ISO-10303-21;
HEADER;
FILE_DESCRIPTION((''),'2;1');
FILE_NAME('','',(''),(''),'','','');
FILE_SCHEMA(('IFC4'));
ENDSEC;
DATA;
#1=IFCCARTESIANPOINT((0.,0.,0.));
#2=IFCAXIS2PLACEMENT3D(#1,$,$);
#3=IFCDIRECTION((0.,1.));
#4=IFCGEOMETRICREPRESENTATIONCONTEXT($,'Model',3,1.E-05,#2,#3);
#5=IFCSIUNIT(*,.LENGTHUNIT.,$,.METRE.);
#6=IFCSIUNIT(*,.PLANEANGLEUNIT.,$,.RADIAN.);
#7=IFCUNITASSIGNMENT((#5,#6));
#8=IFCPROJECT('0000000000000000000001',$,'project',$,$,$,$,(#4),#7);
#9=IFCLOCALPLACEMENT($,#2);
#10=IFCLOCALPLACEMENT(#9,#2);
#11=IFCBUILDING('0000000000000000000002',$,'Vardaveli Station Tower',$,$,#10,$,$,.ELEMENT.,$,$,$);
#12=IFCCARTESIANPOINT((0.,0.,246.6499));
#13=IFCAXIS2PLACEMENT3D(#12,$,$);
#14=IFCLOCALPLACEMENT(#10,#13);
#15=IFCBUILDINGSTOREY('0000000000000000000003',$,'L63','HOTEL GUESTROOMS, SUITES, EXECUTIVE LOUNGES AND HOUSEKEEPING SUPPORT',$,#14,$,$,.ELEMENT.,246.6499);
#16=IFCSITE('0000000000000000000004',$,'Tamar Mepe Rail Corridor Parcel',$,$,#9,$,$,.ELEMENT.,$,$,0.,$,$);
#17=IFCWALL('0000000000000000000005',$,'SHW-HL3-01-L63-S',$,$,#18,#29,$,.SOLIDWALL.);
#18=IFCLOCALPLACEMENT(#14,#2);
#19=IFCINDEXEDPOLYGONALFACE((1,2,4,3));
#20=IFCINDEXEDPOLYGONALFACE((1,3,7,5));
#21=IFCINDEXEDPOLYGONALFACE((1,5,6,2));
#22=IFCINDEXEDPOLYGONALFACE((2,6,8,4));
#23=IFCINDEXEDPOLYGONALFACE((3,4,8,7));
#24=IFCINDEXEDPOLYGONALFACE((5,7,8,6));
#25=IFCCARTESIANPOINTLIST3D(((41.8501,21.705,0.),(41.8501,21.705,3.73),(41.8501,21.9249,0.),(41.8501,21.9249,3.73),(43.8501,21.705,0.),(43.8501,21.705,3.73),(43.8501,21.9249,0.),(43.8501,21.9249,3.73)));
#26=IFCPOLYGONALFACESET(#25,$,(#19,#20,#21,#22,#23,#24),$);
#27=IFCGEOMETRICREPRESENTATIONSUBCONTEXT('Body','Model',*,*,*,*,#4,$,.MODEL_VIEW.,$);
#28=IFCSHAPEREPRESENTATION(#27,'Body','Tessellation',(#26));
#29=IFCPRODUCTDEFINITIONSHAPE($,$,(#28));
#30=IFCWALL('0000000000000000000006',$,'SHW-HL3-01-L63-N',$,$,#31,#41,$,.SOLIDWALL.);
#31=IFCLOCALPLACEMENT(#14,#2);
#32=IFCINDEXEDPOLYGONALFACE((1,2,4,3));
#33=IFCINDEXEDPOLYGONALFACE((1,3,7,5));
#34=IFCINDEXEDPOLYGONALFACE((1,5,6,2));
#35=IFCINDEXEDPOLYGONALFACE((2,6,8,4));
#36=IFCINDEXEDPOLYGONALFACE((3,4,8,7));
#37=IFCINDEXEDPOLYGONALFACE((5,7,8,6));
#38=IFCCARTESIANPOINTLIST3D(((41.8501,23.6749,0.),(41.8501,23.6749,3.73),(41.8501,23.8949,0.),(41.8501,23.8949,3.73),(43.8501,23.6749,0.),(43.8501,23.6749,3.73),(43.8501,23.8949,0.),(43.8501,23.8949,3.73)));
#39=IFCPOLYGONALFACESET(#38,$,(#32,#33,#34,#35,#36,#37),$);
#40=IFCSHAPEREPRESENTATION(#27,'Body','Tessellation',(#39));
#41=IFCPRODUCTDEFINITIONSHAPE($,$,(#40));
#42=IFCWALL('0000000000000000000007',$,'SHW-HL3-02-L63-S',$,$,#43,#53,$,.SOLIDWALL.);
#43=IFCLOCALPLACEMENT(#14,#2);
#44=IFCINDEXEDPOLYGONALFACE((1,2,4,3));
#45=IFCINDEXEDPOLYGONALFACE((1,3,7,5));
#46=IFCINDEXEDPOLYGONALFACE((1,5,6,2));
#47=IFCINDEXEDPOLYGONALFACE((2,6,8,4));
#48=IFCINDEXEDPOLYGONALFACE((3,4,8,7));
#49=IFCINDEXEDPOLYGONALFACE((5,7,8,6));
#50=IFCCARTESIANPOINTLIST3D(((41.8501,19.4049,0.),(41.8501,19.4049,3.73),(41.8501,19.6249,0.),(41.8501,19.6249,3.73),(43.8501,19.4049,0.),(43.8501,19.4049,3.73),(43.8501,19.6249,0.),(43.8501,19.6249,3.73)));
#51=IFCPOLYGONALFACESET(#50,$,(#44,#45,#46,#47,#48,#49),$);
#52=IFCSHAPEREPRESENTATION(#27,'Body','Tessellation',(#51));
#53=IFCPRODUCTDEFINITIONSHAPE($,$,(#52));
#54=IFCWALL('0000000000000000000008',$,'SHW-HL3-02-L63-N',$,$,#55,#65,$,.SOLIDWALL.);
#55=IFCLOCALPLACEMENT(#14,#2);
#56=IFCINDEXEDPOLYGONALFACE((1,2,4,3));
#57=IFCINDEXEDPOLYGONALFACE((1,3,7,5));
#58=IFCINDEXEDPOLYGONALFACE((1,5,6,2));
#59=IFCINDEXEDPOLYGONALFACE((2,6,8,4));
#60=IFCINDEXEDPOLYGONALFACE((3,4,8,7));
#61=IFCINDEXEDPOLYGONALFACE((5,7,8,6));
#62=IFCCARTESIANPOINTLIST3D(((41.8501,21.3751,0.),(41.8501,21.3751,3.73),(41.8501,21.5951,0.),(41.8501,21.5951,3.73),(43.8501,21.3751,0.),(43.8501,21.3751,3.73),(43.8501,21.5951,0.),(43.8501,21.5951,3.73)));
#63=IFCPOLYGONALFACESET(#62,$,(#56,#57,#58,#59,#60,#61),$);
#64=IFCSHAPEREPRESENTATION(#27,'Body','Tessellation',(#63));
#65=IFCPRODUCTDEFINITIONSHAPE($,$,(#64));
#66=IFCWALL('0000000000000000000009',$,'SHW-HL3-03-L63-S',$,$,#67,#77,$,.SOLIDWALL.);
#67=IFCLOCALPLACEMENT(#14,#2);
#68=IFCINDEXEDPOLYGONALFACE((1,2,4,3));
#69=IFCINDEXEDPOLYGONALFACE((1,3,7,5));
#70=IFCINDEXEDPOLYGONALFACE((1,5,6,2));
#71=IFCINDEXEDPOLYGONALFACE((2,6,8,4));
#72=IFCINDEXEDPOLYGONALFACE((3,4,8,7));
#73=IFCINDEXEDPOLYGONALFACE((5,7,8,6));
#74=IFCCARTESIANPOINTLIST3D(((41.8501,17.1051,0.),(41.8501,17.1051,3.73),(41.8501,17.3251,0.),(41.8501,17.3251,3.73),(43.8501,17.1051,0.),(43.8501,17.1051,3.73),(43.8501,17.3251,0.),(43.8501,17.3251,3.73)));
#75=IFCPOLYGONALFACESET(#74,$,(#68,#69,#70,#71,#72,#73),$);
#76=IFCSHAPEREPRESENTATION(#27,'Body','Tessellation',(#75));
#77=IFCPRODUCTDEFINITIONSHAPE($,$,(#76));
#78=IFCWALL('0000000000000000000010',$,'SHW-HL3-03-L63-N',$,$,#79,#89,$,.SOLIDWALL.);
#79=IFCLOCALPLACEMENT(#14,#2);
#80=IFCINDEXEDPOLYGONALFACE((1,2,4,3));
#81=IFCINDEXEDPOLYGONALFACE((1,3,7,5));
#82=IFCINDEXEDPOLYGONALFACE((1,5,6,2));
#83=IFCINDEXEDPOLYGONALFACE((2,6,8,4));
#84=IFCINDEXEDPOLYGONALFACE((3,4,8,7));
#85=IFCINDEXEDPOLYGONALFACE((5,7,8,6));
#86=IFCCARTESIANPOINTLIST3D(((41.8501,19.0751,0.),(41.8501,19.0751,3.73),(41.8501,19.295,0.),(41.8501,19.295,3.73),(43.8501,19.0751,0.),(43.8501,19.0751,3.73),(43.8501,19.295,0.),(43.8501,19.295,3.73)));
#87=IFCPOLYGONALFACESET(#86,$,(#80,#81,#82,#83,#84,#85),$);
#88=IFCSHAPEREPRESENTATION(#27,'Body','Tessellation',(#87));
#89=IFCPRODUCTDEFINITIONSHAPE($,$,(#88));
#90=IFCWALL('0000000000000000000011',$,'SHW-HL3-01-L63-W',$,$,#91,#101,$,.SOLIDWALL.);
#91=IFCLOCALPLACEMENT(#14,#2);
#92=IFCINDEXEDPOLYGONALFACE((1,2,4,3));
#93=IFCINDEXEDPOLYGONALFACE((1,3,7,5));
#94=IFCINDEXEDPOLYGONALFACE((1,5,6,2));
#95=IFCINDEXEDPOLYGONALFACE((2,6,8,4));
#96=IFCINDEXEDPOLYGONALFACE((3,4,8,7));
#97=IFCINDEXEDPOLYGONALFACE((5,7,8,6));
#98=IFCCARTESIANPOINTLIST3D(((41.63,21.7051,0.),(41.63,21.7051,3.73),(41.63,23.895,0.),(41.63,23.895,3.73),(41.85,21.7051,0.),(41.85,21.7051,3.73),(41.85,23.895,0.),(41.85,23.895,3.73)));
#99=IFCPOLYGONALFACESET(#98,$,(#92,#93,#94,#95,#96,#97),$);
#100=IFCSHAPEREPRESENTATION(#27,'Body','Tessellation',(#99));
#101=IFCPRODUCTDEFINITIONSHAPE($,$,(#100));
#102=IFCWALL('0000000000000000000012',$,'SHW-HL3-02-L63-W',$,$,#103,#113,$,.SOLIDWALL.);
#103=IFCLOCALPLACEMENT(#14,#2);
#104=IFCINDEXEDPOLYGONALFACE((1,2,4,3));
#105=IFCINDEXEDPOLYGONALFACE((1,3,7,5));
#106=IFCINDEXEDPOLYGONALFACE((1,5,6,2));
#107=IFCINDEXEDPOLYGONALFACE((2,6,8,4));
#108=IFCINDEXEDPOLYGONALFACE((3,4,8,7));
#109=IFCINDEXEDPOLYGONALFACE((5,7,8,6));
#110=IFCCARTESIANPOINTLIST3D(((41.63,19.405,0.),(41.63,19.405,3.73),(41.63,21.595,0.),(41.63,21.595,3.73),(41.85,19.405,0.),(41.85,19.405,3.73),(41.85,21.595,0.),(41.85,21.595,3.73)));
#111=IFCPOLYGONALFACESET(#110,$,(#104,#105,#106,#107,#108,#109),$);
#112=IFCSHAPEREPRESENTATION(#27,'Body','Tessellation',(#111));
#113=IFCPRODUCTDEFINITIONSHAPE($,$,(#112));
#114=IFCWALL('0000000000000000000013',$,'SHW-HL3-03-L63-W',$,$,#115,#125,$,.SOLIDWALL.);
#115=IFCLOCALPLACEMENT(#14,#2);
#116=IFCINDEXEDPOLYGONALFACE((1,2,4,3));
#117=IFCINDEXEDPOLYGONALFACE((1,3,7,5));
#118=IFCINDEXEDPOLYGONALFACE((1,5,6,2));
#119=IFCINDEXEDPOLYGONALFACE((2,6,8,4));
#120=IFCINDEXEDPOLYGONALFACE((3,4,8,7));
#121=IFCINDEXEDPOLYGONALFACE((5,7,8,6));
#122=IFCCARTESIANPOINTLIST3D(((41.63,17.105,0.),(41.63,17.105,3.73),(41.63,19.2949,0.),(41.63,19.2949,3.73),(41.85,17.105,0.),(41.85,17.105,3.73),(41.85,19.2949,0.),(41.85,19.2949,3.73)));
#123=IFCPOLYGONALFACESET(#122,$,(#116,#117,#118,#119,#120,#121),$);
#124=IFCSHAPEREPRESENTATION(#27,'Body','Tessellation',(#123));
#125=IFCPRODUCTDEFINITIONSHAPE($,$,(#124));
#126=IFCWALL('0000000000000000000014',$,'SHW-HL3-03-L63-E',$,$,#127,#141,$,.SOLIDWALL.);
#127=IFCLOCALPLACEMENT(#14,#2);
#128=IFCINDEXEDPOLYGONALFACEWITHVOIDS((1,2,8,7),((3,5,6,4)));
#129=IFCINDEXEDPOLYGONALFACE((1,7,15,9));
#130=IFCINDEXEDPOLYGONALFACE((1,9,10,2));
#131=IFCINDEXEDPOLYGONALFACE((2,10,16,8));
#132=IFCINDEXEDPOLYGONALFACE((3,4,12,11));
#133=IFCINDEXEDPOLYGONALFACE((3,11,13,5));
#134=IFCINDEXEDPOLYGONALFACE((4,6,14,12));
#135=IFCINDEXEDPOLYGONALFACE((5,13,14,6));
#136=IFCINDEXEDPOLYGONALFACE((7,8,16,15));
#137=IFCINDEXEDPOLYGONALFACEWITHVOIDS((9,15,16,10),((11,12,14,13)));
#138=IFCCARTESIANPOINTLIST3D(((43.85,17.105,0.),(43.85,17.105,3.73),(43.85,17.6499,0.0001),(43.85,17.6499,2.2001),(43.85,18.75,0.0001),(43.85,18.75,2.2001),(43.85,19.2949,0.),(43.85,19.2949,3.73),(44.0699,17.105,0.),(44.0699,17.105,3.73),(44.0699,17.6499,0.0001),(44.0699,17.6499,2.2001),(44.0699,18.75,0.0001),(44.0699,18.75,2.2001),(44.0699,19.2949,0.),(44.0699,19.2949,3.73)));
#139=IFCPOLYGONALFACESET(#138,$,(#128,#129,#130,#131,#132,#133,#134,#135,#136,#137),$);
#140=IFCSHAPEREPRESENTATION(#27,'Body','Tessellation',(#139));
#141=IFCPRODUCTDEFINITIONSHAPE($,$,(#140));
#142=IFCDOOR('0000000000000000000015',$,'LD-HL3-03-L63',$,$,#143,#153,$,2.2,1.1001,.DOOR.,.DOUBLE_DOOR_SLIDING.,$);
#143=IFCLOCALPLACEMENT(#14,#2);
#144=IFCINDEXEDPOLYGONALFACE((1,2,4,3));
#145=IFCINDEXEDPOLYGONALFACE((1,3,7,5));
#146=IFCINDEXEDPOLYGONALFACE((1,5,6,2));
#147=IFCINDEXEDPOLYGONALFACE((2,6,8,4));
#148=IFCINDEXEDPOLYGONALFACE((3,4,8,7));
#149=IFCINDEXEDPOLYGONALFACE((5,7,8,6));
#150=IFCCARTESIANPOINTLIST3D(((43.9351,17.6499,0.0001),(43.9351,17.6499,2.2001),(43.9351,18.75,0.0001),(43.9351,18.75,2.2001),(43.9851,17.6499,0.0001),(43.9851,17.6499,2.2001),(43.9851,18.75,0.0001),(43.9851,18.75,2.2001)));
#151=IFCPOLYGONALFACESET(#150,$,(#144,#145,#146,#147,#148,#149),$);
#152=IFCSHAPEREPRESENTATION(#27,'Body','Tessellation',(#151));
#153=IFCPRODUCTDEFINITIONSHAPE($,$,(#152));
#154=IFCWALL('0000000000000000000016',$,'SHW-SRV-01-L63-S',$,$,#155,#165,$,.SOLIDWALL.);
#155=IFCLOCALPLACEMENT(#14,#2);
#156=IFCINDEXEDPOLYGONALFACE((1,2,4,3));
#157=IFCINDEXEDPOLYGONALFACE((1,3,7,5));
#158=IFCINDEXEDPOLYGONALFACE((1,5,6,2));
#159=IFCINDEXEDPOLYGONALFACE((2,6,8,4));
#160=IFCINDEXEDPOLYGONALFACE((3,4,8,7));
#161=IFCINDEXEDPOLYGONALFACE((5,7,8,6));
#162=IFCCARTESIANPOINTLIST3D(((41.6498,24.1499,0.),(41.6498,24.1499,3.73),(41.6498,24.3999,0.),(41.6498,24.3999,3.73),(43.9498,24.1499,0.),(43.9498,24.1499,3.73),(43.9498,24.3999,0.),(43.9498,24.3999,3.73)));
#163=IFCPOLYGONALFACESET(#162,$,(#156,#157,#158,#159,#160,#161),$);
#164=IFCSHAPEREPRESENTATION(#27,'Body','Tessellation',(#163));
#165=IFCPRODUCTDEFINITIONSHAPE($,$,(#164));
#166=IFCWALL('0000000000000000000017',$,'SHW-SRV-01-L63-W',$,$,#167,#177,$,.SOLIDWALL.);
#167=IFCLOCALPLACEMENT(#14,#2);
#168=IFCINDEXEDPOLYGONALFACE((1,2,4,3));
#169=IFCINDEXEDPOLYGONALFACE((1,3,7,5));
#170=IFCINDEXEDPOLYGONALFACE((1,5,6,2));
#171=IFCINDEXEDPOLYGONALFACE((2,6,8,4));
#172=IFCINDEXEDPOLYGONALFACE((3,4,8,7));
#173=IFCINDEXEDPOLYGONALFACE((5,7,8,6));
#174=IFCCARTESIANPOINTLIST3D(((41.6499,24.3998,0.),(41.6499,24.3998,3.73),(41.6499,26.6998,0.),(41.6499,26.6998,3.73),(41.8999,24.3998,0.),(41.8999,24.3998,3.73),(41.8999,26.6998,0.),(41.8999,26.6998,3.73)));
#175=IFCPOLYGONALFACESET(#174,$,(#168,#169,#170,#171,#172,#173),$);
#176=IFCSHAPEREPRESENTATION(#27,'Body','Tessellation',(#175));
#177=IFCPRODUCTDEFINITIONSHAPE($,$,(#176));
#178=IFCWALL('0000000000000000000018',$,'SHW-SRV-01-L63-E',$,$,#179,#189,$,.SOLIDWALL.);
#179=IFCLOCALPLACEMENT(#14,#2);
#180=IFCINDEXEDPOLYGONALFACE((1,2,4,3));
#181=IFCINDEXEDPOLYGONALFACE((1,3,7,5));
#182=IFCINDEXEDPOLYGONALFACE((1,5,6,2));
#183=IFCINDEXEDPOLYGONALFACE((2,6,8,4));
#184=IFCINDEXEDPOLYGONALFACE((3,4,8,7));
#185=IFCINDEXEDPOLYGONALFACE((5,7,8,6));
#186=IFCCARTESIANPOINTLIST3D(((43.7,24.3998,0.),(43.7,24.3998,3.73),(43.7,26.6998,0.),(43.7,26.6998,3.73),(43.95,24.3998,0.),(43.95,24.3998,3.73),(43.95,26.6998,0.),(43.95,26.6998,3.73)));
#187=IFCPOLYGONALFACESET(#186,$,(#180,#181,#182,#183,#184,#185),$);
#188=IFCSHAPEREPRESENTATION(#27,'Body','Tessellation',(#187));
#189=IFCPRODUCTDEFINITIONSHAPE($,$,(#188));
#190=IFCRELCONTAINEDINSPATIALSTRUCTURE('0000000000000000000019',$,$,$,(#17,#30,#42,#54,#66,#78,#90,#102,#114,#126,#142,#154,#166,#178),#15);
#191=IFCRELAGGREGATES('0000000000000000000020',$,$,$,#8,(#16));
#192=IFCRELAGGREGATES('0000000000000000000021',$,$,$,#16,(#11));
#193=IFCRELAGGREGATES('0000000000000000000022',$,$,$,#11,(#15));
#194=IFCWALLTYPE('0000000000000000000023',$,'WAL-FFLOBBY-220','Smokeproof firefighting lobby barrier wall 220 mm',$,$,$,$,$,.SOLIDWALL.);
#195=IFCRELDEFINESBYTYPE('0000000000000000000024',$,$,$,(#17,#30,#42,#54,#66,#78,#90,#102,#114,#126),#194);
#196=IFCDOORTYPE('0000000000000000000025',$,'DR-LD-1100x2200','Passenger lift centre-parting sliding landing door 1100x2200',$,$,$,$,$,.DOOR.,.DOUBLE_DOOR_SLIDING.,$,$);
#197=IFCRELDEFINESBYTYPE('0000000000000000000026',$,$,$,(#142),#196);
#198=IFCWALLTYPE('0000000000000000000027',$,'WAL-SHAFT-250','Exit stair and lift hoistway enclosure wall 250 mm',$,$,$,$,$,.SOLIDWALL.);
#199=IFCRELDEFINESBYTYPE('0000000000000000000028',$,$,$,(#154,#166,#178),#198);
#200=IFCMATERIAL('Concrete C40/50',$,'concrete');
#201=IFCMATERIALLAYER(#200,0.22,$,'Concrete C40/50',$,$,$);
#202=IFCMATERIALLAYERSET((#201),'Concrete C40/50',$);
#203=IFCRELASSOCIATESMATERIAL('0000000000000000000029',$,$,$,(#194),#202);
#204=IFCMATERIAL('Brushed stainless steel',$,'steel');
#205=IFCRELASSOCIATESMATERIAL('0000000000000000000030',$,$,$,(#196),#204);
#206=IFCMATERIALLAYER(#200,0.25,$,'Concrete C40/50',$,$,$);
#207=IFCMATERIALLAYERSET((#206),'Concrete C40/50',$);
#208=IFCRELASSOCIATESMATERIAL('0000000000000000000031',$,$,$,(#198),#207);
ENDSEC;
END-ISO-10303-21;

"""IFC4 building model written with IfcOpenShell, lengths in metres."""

from ifc_helpers import new_model, si_unit, direction, frame, frame_2d, origin, place, context, subcontext, project, spatial, rectangle, extrude, source, transform, mapped, material, layer, layer_set, type_object, element, fill, save


model = new_model("IFC4")

# Units and contexts
model_context = context("Model", 3, precision=1e-05, world=origin(), true_north=direction((0.0, 1.0)))
body_context = subcontext(model_context, "Body", "Model", "MODEL_VIEW")
ifc_project = project(units=[si_unit("LENGTHUNIT", "METRE"), si_unit("PLANEANGLEUNIT", "RADIAN")], contexts=[model_context])

# Site, building, storey
site_placement = place(None, origin())
site = spatial("IfcSite", under=ifc_project, at=site_placement, Name="Tamar Mepe Rail Corridor Parcel", CompositionType="ELEMENT", RefElevation=0.0)
building_placement = place(site_placement, origin())
building = spatial("IfcBuilding", under=site, at=building_placement, Name="Vardaveli Station Tower", CompositionType="ELEMENT")
storey_placement = place(building_placement, frame((0.0, 0.0, 246.6499)))
storey = spatial("IfcBuildingStorey", under=building, at=storey_placement, Name="L63", Description="HOTEL GUESTROOMS, SUITES, EXECUTIVE LOUNGES AND HOUSEKEEPING SUPPORT", CompositionType="ELEMENT", Elevation=246.6499)

# Walls
ifc_material_1 = material(Name="Concrete C40/50", Category="concrete")
ifc_layer_1 = layer(ifc_material_1, 0.22, Name="Concrete C40/50")
ifc_layer_set_1 = layer_set([ifc_layer_1], Name="Concrete C40/50")
wall_type_1 = type_object("IfcWallType", Name="WAL-FFLOBBY-220", Description="Smokeproof firefighting lobby barrier wall 220 mm", PredefinedType="SOLIDWALL", material=ifc_layer_set_1)
shared_shape_1 = source(origin(), body_context, "Body", "SweptSolid", [
    extrude(rectangle(XDim=2.0, YDim=0.22, at=frame_2d((1.0, 0.0))), origin(), (0.0, 0.0, 1.0), 3.73),
])
for number, where, z_axis, x_axis, name in (
    (1, (41.8501, 21.8149, 0.0), (0.0, 0.0, 1.0), (1.0, 0.0, 0.0), "SHW-HL3-01-L63-S"),
    (2, (41.8501, 23.7849, 0.0), (0.0, 0.0, 1.0), (1.0, 0.0, 0.0), "SHW-HL3-01-L63-N"),
    (3, (41.8501, 19.5149, 0.0), (0.0, 0.0, 1.0), (1.0, 0.0, 0.0), "SHW-HL3-02-L63-S"),
    (4, (41.8501, 21.4851, 0.0), (0.0, 0.0, 1.0), (1.0, 0.0, 0.0), "SHW-HL3-02-L63-N"),
    (5, (41.8501, 17.2151, 0.0), (0.0, 0.0, 1.0), (1.0, 0.0, 0.0), "SHW-HL3-03-L63-S"),
    (6, (41.8501, 19.1851, 0.0), (0.0, 0.0, 1.0), (1.0, 0.0, 0.0), "SHW-HL3-03-L63-N"),
):
    element("IfcWall", number, at=place(storey_placement, frame(where, z_axis=z_axis, x_axis=x_axis)), inside=storey, type_object=wall_type_1, Name=name, PredefinedType="SOLIDWALL", context=body_context, shape_type="MappedRepresentation", body=[
        mapped(shared_shape_1, transform((0.0, 0.0, 0.0), scale=1.0)),
    ])
shared_shape_2 = source(origin(), body_context, "Body", "SweptSolid", [
    extrude(rectangle(XDim=2.1899, YDim=0.22, at=frame_2d((1.095, 0.0))), origin(), (0.0, 0.0, 1.0), 3.73),
])
for number, where, z_axis, x_axis, name in (
    (7, (41.74, 21.7051, 0.0), (0.0, 0.0, 1.0), (0.0, 1.0, 0.0), "SHW-HL3-01-L63-W"),
    (8, (41.74, 19.405, 0.0), (0.0, 0.0, 1.0), (0.0, 1.0, 0.0), "SHW-HL3-02-L63-W"),
    (9, (41.74, 17.105, 0.0), (0.0, 0.0, 1.0), (0.0, 1.0, 0.0), "SHW-HL3-03-L63-W"),
):
    element("IfcWall", number, at=place(storey_placement, frame(where, z_axis=z_axis, x_axis=x_axis)), inside=storey, type_object=wall_type_1, Name=name, PredefinedType="SOLIDWALL", context=body_context, shape_type="MappedRepresentation", body=[
        mapped(shared_shape_2, transform((0.0, 0.0, 0.0), scale=1.0)),
    ])

# Wall, opening, door
wall_1_placement = place(storey_placement, frame((43.96, 17.105, 0.0), z_axis=(0.0, 0.0, 1.0), x_axis=(0.0, 1.0, 0.0)))
wall_1 = element("IfcWall", 10, at=wall_1_placement, inside=storey, type_object=wall_type_1, Name="SHW-HL3-03-L63-E", PredefinedType="SOLIDWALL", context=body_context, shape_type="MappedRepresentation", body=[
    mapped(shared_shape_2, transform((0.0, 0.0, 0.0), scale=1.0)),
])
shared_shape_3 = source(origin(), body_context, "Body", "SweptSolid", [
    extrude(rectangle(XDim=1.1001, YDim=2.2, at=frame_2d((0.55, 1.1001))), frame((0.0, 0.1201, 0.0), z_axis=(0.0, -1.0, 0.0), x_axis=(1.0, 0.0, 0.0)), (0.0, 0.0, 1.0), 0.24),
])
opening_1_placement = place(wall_1_placement, frame((0.5449, 0.0, 0.0)))
opening_1 = element("IfcOpeningElement", 11, at=opening_1_placement, cuts=wall_1, PredefinedType="OPENING", context=body_context, shape_type="MappedRepresentation", body=[
    mapped(shared_shape_3, transform((0.0, 0.0, 0.0), scale=1.0)),
])
ifc_material_2 = material(Name="Brushed stainless steel", Category="steel")
door_type_1 = type_object("IfcDoorType", Name="DR-LD-1100x2200", Description="Passenger lift centre-parting sliding landing door 1100x2200", OperationType="DOUBLE_DOOR_SLIDING", PredefinedType="DOOR", material=ifc_material_2)
shared_shape_4 = source(origin(), body_context, "Body", "SweptSolid", [
    extrude(rectangle(XDim=1.1001, YDim=2.2, at=frame_2d((0.55, 1.1001))), frame((0.0, 0.0249, 0.0), z_axis=(0.0, -1.0, 0.0), x_axis=(1.0, 0.0, 0.0)), (0.0, 0.0, 1.0), 0.05),
])
door_1_placement = place(opening_1_placement, origin())
door_1 = element("IfcDoor", 12, at=door_1_placement, inside=storey, type_object=door_type_1, Name="LD-HL3-03-L63", OperationType="DOUBLE_DOOR_SLIDING", OverallHeight=2.2, OverallWidth=1.1001, PredefinedType="DOOR", context=body_context, shape_type="MappedRepresentation", body=[
    mapped(shared_shape_4, transform((0.0, 0.0, 0.0), scale=1.0)),
])
fill(opening_1, door_1)

# Walls
ifc_layer_2 = layer(ifc_material_1, 0.25, Name="Concrete C40/50")
ifc_layer_set_2 = layer_set([ifc_layer_2], Name="Concrete C40/50")
wall_type_2 = type_object("IfcWallType", Name="WAL-SHAFT-250", Description="Exit stair and lift hoistway enclosure wall 250 mm", PredefinedType="SOLIDWALL", material=ifc_layer_set_2)
shared_shape_5 = source(origin(), body_context, "Body", "SweptSolid", [
    extrude(rectangle(XDim=2.3, YDim=0.25, at=frame_2d((1.1499, 0.0))), origin(), (0.0, 0.0, 1.0), 3.73),
])
for number, where, z_axis, x_axis, name in (
    (13, (41.6499, 24.2749, 0.0), (0.0, 0.0, 1.0), (1.0, 0.0, 0.0), "SHW-SRV-01-L63-S"),
    (14, (41.7749, 24.3999, 0.0), (0.0, 0.0, 1.0), (0.0, 1.0, 0.0), "SHW-SRV-01-L63-W"),
    (15, (43.825, 24.3999, 0.0), (0.0, 0.0, 1.0), (0.0, 1.0, 0.0), "SHW-SRV-01-L63-E"),
):
    element("IfcWall", number, at=place(storey_placement, frame(where, z_axis=z_axis, x_axis=x_axis)), inside=storey, type_object=wall_type_2, Name=name, PredefinedType="SOLIDWALL", context=body_context, shape_type="MappedRepresentation", body=[
        mapped(shared_shape_5, transform((0.0, 0.0, 0.0), scale=1.0)),
    ])

save(model, "model.ifc")
